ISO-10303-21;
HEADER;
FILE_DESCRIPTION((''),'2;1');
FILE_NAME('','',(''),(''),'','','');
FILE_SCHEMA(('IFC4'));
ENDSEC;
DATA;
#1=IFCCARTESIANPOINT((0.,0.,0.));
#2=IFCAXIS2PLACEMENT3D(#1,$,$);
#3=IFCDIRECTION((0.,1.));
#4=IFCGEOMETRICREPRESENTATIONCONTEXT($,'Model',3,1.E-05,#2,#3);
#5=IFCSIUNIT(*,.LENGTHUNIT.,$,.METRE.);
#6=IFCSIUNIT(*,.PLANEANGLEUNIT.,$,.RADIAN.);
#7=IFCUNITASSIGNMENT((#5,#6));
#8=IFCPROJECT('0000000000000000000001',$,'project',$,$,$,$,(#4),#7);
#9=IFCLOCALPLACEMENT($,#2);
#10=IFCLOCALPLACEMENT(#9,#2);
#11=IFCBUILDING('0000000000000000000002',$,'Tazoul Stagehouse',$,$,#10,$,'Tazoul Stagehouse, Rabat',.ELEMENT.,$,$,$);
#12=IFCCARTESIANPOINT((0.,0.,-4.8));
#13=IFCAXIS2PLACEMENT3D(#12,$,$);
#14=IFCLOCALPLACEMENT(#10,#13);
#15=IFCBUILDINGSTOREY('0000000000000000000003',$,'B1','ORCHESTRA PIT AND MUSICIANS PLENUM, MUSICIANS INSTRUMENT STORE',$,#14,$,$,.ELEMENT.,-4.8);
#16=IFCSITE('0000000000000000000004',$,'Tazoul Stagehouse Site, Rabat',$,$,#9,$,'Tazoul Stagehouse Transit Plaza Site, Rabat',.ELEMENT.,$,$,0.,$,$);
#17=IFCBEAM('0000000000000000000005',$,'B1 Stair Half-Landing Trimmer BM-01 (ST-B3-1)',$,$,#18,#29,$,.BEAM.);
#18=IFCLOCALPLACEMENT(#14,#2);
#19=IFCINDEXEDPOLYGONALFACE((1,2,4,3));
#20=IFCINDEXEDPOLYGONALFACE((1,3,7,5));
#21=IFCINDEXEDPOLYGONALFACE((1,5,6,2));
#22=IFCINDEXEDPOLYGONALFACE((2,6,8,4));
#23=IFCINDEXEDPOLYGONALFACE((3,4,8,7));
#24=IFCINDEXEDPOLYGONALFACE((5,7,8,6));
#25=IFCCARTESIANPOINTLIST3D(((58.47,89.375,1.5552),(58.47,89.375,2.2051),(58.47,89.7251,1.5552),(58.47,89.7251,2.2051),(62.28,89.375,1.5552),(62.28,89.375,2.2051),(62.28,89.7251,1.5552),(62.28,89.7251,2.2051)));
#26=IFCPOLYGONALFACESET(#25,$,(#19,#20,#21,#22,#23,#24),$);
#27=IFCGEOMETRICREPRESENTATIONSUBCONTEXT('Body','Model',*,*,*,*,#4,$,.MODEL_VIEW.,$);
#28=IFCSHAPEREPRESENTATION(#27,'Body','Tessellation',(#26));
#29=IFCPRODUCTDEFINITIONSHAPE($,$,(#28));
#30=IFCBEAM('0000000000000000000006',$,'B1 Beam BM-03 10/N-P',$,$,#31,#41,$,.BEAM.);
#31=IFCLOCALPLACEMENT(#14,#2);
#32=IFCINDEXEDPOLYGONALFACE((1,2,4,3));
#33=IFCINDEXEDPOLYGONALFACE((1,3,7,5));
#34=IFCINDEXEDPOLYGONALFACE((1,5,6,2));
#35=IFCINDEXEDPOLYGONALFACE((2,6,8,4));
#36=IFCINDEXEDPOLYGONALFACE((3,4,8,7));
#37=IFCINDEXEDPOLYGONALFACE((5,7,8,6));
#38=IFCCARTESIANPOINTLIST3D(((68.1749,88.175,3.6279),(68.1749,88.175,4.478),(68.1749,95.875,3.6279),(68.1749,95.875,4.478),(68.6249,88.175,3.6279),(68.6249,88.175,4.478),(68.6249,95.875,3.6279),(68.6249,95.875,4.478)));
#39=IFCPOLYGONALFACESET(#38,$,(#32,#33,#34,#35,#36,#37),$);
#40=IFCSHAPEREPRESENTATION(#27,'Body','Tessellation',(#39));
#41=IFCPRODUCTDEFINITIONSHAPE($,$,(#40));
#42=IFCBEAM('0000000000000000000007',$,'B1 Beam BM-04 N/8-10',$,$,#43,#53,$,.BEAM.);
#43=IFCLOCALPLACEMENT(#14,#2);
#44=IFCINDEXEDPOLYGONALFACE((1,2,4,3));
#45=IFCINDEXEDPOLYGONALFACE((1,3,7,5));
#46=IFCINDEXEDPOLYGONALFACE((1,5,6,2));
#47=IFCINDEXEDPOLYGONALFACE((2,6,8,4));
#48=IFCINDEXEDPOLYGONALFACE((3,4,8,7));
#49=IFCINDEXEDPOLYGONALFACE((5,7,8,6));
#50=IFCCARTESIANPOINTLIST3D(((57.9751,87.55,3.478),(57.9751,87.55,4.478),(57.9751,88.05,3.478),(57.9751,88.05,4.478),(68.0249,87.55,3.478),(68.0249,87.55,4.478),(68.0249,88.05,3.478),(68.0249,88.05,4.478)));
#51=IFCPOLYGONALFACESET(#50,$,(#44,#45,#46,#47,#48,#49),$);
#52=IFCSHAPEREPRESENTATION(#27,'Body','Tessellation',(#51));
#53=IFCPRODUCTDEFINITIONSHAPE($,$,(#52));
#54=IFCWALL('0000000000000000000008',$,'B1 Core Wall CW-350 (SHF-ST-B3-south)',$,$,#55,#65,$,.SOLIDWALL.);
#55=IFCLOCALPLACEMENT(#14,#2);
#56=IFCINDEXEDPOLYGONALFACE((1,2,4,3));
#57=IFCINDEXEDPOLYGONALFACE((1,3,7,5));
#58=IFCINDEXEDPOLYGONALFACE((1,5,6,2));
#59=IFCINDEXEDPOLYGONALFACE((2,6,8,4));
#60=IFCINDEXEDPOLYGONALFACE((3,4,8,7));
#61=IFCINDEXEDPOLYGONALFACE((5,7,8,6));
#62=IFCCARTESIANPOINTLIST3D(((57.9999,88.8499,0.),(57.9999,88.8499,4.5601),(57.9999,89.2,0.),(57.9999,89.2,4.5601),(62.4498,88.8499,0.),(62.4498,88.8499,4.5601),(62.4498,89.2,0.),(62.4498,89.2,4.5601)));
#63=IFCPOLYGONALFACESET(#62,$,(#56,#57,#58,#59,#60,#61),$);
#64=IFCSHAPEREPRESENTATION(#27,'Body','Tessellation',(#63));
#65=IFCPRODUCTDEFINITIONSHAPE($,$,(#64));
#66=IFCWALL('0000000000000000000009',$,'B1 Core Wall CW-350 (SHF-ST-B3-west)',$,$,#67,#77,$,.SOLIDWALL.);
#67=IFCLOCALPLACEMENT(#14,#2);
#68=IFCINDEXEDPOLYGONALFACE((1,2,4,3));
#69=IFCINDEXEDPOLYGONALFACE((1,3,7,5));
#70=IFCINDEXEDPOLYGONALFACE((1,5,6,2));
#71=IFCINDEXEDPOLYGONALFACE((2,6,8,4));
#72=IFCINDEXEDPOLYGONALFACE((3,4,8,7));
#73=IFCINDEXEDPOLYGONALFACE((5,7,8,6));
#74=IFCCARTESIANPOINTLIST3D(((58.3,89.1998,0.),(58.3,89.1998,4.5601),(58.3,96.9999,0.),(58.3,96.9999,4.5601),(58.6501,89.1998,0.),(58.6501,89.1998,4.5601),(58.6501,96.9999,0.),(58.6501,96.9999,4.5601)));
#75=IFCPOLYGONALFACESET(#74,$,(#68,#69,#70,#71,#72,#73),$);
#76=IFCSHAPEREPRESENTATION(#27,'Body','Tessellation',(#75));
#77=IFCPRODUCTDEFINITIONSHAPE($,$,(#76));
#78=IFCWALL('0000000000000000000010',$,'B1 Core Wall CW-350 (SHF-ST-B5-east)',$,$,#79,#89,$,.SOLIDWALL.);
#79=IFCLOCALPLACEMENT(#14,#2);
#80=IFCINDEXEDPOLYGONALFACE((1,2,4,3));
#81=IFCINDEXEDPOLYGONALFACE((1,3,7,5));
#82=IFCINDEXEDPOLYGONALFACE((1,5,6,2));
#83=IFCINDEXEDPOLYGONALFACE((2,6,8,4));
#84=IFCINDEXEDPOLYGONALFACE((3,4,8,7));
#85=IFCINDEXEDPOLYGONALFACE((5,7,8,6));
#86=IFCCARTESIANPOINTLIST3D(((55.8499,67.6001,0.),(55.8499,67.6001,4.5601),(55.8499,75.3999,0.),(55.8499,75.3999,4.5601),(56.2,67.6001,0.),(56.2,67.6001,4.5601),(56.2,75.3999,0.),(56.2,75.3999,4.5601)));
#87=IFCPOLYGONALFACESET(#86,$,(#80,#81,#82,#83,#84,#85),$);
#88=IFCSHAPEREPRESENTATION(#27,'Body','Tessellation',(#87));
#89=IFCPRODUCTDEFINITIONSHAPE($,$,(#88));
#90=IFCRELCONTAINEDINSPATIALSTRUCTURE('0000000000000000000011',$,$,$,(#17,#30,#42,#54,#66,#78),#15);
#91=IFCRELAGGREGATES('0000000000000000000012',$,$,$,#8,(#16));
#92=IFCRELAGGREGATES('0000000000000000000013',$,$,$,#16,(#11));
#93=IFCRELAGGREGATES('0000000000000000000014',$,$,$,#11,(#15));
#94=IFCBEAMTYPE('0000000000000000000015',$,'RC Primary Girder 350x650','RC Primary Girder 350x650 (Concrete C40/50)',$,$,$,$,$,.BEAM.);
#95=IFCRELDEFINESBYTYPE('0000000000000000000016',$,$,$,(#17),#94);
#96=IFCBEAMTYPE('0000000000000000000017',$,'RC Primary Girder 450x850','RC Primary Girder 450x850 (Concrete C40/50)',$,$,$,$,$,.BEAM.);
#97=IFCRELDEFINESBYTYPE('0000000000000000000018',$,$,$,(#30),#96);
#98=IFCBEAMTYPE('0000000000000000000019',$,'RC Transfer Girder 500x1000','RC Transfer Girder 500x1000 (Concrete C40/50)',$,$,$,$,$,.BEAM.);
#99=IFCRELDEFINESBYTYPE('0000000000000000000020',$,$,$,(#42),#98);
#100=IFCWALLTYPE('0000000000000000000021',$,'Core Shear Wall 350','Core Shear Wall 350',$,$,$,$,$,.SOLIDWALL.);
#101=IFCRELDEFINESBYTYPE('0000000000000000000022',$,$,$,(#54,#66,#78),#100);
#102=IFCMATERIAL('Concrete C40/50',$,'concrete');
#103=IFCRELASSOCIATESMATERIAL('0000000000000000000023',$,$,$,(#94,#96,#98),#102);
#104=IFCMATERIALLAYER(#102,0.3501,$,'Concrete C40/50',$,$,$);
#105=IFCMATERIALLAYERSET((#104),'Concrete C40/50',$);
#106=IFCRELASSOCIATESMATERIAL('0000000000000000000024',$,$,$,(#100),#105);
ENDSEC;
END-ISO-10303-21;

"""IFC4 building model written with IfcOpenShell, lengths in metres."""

from ifc_helpers import new_model, si_unit, direction, frame, frame_2d, origin, origin_2d, place, context, subcontext, project, spatial, rectangle, extrude, material, layer, layer_set, material_profile, profile_set, type_object, element, save


model = new_model("IFC4")

# Units and contexts
model_context = context("Model", 3, precision=1e-05, world=origin(), true_north=direction((0.0, 1.0)))
body_context = subcontext(model_context, "Body", "Model", "MODEL_VIEW")
ifc_project = project(units=[si_unit("LENGTHUNIT", "METRE"), si_unit("PLANEANGLEUNIT", "RADIAN")], contexts=[model_context])

# Site, building, storey
site_placement = place(None, origin())
site = spatial("IfcSite", under=ifc_project, at=site_placement, Name="Tazoul Stagehouse Site, Rabat", LongName="Tazoul Stagehouse Transit Plaza Site, Rabat", CompositionType="ELEMENT", RefElevation=0.0)
building_placement = place(site_placement, origin())
building = spatial("IfcBuilding", under=site, at=building_placement, Name="Tazoul Stagehouse", LongName="Tazoul Stagehouse, Rabat", CompositionType="ELEMENT")
storey_placement = place(building_placement, frame((0.0, 0.0, -4.8)))
storey = spatial("IfcBuildingStorey", under=building, at=storey_placement, Name="B1", Description="ORCHESTRA PIT AND MUSICIANS PLENUM, MUSICIANS INSTRUMENT STORE", CompositionType="ELEMENT", Elevation=-4.8)

# Shared definitions
ifc_material_1 = material(Name="Concrete C40/50", Category="concrete")

# Beams
ifc_material_profile_1 = material_profile(ifc_material_1, rectangle(XDim=0.3501, YDim=0.6499, at=origin_2d()), Name="RC 350x650")
ifc_profile_set_1 = profile_set([ifc_material_profile_1], Name="Concrete C40/50")
beam_type_1 = type_object("IfcBeamType", Name="RC Primary Girder 350x650", Description="RC Primary Girder 350x650 (Concrete C40/50)", PredefinedType="BEAM", material=ifc_profile_set_1)
beam_1_placement = place(storey_placement, frame((58.47, 89.55, 1.8801), z_axis=(1.0, 0.0, 0.0), x_axis=(0.0, 1.0, 0.0)))
element("IfcBeam", 1, at=beam_1_placement, inside=storey, type_object=beam_type_1, Name="B1 Stair Half-Landing Trimmer BM-01 (ST-B3-1)", PredefinedType="BEAM", context=body_context, shape_type="SweptSolid", body=[
    extrude(rectangle(XDim=0.3501, YDim=0.6499, at=origin_2d()), origin(), (0.0, 0.0, 1.0), 3.8101),
])
ifc_material_profile_2 = material_profile(ifc_material_1, rectangle(XDim=0.45, YDim=0.8501, at=origin_2d()), Name="RC 450x850")
ifc_profile_set_2 = profile_set([ifc_material_profile_2], Name="Concrete C40/50")
beam_type_2 = type_object("IfcBeamType", Name="RC Primary Girder 450x850", Description="RC Primary Girder 450x850 (Concrete C40/50)", PredefinedType="BEAM", material=ifc_profile_set_2)
beam_2_placement = place(storey_placement, frame((68.3999, 88.175, 4.053), z_axis=(0.0, 1.0, 0.0), x_axis=(-1.0, 0.0, 0.0)))
element("IfcBeam", 2, at=beam_2_placement, inside=storey, type_object=beam_type_2, Name="B1 Beam BM-03 10/N-P", PredefinedType="BEAM", context=body_context, shape_type="SweptSolid", body=[
    extrude(rectangle(XDim=0.45, YDim=0.8501, at=origin_2d()), origin(), (0.0, 0.0, 1.0), 7.7),
])
ifc_material_profile_3 = material_profile(ifc_material_1, rectangle(XDim=0.5, YDim=1.0, at=origin_2d()), Name="RC 500x1000")
ifc_profile_set_3 = profile_set([ifc_material_profile_3], Name="Concrete C40/50")
beam_type_3 = type_object("IfcBeamType", Name="RC Transfer Girder 500x1000", Description="RC Transfer Girder 500x1000 (Concrete C40/50)", PredefinedType="BEAM", material=ifc_profile_set_3)
beam_3_placement = place(storey_placement, frame((57.9751, 87.8, 3.978), z_axis=(1.0, 0.0, 0.0), x_axis=(0.0, 1.0, 0.0)))
element("IfcBeam", 3, at=beam_3_placement, inside=storey, type_object=beam_type_3, Name="B1 Beam BM-04 N/8-10", PredefinedType="BEAM", context=body_context, shape_type="SweptSolid", body=[
    extrude(rectangle(XDim=0.5, YDim=1.0, at=origin_2d()), origin(), (0.0, 0.0, 1.0), 10.0498),
])

# Walls
ifc_layer = layer(ifc_material_1, 0.3501, Name="Concrete C40/50")
ifc_layer_set = layer_set([ifc_layer], Name="Concrete C40/50")
wall_type = type_object("IfcWallType", Name="Core Shear Wall 350", Description="Core Shear Wall 350", PredefinedType="SOLIDWALL", material=ifc_layer_set)
wall_1_placement = place(storey_placement, frame((62.45, 89.0249, 0.0), z_axis=(0.0, 0.0, 1.0), x_axis=(-1.0, 0.0, 0.0)))
element("IfcWall", 4, at=wall_1_placement, inside=storey, type_object=wall_type, Name="B1 Core Wall CW-350 (SHF-ST-B3-south)", PredefinedType="SOLIDWALL", context=body_context, shape_type="SweptSolid", body=[
    extrude(rectangle(XDim=4.45, YDim=0.3501, at=frame_2d((2.2251, 0.0))), origin(), (0.0, 0.0, 1.0), 4.5601),
])
wall_2_placement = place(storey_placement, frame((58.4751, 89.2, 0.0), z_axis=(0.0, 0.0, 1.0), x_axis=(0.0, 1.0, 0.0)))
element("IfcWall", 5, at=wall_2_placement, inside=storey, type_object=wall_type, Name="B1 Core Wall CW-350 (SHF-ST-B3-west)", PredefinedType="SOLIDWALL", context=body_context, shape_type="SweptSolid", body=[
    extrude(rectangle(XDim=7.8, YDim=0.3501, at=frame_2d((3.8999, 0.0))), origin(), (0.0, 0.0, 1.0), 4.5601),
])
wall_3_placement = place(storey_placement, frame((56.0249, 75.3999, 0.0), z_axis=(0.0, 0.0, 1.0), x_axis=(0.0, -1.0, 0.0)))
element("IfcWall", 6, at=wall_3_placement, inside=storey, type_object=wall_type, Name="B1 Core Wall CW-350 (SHF-ST-B5-east)", PredefinedType="SOLIDWALL", context=body_context, shape_type="SweptSolid", body=[
    extrude(rectangle(XDim=7.7998, YDim=0.3501, at=frame_2d((3.8999, 0.0))), origin(), (0.0, 0.0, 1.0), 4.5601),
])

save(model, "model.ifc")
